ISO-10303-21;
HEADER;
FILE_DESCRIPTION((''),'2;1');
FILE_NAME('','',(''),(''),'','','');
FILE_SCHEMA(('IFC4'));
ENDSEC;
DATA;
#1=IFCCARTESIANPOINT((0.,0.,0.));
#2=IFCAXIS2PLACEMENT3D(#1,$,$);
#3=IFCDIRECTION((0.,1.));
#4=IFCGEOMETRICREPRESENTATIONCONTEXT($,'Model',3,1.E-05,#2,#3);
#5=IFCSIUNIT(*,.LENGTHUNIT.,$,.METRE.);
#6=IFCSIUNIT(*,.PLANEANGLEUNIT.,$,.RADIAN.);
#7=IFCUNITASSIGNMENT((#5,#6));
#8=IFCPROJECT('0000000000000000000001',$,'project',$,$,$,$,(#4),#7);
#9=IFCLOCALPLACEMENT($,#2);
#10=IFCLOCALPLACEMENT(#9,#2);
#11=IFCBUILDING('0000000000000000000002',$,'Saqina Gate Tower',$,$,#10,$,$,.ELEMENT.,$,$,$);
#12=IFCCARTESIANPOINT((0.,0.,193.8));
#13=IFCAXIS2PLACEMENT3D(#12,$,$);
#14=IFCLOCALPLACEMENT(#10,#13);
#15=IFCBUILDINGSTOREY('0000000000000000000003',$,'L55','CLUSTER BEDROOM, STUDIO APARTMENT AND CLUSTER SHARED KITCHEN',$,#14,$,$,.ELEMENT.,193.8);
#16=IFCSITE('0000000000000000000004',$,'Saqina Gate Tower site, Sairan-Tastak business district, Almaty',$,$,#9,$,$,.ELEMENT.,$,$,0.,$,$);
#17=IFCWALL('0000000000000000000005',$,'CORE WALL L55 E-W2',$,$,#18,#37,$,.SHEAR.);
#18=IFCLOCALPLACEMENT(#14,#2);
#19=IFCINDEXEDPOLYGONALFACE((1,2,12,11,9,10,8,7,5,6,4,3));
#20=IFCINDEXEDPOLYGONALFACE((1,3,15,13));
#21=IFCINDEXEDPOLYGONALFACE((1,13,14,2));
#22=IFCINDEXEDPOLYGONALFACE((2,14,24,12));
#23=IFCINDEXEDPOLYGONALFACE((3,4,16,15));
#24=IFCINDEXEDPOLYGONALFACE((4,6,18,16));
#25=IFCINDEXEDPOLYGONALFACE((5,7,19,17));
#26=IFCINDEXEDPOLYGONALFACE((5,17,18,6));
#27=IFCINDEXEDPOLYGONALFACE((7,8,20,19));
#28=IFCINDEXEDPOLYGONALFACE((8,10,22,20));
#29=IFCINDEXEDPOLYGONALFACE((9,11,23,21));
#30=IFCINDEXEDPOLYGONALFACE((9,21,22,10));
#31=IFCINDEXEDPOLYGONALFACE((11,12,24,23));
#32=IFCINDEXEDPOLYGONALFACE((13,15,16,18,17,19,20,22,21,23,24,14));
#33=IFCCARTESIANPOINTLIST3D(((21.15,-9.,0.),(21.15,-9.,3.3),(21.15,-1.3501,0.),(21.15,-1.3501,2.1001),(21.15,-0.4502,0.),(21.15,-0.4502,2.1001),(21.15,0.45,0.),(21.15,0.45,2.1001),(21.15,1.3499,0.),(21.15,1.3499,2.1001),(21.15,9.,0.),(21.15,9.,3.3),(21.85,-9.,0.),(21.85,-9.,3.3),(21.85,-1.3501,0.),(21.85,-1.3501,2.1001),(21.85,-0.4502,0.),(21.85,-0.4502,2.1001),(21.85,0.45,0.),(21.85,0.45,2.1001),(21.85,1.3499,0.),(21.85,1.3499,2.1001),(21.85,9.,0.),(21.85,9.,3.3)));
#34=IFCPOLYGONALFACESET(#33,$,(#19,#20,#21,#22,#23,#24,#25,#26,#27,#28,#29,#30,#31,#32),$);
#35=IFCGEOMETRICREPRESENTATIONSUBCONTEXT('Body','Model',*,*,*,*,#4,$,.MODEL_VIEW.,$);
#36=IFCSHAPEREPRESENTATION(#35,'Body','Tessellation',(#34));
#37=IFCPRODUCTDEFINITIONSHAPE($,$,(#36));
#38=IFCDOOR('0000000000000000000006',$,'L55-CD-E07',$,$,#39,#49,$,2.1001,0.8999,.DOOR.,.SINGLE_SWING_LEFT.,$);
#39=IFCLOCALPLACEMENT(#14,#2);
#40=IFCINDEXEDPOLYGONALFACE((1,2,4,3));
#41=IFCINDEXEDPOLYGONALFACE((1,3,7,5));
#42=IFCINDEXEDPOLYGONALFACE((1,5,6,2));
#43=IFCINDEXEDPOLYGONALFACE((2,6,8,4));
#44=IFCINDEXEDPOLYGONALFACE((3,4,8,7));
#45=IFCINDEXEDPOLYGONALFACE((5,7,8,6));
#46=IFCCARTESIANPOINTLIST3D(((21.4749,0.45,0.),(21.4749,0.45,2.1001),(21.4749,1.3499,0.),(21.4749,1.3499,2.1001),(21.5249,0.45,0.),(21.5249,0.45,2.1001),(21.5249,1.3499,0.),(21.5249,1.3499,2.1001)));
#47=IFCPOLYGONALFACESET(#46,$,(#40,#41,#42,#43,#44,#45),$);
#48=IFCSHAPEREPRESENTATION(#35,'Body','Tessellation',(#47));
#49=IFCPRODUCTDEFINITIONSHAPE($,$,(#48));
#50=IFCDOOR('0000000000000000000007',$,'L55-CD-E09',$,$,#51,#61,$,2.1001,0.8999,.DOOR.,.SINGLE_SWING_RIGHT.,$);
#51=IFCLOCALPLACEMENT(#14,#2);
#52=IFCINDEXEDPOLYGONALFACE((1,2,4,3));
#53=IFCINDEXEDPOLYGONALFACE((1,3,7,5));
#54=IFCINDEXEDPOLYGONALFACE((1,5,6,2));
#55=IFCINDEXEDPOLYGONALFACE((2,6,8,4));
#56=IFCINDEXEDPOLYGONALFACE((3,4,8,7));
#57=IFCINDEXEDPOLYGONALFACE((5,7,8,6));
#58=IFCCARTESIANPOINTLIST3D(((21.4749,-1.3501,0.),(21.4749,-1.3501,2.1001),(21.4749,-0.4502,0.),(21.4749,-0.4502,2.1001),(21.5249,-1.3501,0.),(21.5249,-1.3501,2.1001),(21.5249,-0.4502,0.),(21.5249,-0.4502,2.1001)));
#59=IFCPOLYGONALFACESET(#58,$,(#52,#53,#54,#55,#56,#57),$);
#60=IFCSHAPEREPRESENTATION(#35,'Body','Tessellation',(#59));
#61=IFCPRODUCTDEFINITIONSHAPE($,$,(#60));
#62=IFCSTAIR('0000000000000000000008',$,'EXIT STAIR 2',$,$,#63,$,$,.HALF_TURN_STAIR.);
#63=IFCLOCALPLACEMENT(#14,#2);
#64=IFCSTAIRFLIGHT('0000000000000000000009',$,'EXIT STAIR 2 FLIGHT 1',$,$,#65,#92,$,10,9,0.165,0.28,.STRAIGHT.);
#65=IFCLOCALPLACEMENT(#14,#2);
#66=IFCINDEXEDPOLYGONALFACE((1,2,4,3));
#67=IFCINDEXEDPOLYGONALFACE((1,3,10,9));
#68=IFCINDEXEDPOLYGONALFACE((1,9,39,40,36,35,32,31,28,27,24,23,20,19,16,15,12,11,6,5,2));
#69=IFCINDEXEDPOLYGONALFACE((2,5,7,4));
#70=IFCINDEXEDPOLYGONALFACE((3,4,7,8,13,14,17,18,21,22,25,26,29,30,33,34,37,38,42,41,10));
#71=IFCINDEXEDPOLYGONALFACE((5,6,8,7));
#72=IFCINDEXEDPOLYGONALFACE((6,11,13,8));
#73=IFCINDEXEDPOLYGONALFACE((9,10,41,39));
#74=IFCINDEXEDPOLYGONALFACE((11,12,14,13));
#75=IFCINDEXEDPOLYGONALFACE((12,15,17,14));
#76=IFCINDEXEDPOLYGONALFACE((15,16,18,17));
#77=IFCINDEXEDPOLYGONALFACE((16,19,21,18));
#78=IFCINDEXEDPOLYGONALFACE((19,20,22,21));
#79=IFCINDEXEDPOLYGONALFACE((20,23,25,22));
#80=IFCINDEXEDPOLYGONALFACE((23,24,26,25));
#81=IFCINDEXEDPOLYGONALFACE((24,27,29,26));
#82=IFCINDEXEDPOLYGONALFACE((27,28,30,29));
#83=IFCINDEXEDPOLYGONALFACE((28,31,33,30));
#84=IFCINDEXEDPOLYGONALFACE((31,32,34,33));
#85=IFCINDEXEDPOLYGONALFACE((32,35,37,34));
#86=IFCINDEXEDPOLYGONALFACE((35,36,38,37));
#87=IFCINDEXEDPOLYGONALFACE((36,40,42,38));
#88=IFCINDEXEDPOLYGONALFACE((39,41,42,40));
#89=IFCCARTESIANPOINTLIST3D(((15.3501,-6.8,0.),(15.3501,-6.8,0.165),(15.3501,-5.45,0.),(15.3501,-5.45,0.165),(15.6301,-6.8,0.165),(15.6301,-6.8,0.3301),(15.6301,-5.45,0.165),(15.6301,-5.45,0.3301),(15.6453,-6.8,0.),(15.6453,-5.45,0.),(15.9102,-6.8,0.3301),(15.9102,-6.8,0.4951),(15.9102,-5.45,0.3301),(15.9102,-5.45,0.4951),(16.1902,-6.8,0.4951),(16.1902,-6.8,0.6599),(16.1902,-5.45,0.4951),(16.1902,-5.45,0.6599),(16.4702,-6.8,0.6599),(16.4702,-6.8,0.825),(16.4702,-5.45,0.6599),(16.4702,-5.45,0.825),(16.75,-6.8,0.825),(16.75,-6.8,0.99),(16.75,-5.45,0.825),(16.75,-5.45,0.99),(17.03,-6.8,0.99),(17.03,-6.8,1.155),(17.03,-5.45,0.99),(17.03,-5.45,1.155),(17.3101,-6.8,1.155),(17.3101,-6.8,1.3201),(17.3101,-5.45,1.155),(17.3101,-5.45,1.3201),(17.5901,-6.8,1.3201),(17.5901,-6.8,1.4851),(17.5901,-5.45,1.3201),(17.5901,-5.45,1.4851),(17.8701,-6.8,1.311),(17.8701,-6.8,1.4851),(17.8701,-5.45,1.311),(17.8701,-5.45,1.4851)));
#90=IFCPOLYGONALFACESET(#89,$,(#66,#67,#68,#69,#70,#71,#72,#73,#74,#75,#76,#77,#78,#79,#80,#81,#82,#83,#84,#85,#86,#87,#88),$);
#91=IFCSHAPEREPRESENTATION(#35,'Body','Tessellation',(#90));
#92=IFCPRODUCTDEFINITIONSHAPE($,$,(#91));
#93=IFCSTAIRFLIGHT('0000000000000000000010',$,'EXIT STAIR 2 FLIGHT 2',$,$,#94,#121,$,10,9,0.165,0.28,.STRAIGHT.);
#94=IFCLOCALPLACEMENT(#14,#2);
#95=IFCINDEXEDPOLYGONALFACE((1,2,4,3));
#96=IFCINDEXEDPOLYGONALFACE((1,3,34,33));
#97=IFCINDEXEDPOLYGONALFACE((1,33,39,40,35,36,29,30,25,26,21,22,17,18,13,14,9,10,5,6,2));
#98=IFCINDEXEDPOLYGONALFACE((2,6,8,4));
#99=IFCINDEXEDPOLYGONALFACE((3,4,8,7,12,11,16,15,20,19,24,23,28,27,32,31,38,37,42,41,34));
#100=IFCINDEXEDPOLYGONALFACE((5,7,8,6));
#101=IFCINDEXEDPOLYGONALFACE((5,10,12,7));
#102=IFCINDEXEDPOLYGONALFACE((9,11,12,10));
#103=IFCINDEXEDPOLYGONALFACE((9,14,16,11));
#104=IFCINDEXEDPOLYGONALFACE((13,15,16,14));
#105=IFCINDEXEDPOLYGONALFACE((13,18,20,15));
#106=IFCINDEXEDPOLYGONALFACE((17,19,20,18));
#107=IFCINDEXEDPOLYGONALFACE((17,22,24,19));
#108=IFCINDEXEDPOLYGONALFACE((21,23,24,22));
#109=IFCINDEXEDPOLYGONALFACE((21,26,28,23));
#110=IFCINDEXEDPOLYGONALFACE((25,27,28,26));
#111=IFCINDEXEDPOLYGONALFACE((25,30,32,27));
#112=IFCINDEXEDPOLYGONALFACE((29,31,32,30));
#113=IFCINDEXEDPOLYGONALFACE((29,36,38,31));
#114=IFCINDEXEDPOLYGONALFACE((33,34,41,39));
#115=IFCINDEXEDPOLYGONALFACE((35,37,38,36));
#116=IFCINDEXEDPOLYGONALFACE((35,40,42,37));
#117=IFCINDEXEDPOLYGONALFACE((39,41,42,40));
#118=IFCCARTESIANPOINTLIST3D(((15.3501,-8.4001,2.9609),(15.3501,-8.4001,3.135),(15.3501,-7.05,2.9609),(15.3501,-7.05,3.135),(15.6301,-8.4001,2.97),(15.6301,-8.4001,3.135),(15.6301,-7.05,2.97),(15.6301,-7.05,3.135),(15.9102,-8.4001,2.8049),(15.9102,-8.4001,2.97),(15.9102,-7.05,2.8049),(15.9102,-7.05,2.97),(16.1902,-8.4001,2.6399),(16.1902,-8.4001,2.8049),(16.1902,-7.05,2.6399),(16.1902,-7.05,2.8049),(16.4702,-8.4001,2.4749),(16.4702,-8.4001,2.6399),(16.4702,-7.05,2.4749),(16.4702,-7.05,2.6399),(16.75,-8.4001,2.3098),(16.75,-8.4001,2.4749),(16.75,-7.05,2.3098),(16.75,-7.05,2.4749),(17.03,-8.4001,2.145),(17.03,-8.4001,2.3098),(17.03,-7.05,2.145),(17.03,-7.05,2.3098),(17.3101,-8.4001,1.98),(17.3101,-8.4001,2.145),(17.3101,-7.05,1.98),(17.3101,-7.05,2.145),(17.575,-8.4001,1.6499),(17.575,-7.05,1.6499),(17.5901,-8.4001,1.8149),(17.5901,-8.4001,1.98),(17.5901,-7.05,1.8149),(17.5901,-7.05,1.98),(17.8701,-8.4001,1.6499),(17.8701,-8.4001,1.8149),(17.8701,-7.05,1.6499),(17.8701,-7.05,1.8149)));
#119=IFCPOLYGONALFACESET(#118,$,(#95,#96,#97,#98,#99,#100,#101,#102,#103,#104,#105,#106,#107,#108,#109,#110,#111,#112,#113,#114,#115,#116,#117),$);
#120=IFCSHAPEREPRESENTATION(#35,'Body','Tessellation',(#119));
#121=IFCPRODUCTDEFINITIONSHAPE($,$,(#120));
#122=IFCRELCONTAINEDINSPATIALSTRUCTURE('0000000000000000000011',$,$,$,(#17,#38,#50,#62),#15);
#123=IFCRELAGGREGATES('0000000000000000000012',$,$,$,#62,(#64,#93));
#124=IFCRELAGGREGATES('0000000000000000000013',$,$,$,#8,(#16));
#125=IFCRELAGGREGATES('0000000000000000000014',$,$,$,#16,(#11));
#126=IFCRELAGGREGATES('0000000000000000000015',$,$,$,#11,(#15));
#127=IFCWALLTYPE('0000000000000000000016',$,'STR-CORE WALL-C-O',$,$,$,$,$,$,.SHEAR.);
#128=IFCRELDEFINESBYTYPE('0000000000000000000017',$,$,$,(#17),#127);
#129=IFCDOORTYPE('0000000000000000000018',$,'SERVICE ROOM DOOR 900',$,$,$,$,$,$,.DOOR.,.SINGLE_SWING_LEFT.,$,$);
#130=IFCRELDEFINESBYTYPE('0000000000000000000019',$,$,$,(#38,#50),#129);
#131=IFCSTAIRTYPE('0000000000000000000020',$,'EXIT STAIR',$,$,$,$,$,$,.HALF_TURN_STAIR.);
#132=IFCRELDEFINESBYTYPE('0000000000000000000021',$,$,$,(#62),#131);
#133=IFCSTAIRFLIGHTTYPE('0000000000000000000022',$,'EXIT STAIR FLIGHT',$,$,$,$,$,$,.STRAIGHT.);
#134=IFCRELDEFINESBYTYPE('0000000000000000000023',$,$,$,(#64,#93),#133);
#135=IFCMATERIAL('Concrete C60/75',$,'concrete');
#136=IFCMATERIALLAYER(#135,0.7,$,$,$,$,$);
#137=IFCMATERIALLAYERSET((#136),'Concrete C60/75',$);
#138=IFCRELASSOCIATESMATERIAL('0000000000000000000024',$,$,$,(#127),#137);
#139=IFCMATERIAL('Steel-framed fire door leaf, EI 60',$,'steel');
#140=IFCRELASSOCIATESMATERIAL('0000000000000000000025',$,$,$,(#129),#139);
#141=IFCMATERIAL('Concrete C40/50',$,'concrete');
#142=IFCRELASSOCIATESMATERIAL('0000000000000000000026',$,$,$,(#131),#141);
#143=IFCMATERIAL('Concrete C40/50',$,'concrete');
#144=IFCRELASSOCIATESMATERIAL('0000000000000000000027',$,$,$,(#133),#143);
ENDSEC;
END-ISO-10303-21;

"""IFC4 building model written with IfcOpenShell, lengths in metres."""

from ifc_helpers import new_model, si_unit, direction, frame, frame_2d, origin, place, context, subcontext, project, spatial, polyline, rectangle, outline, extrude, material, layer, layer_set, type_object, element, fill, aggregate, save


model = new_model("IFC4")

# Units and contexts
model_context = context("Model", 3, precision=1e-05, world=origin(), true_north=direction((0.0, 1.0)))
body_context = subcontext(model_context, "Body", "Model", "MODEL_VIEW")
ifc_project = project(units=[si_unit("LENGTHUNIT", "METRE"), si_unit("PLANEANGLEUNIT", "RADIAN")], contexts=[model_context])

# Site, building, storey
site_placement = place(None, origin())
site = spatial("IfcSite", under=ifc_project, at=site_placement, Name="Saqina Gate Tower site, Sairan-Tastak business district, Almaty", CompositionType="ELEMENT", RefElevation=0.0)
building_placement = place(site_placement, origin())
building = spatial("IfcBuilding", under=site, at=building_placement, Name="Saqina Gate Tower", CompositionType="ELEMENT")
storey_placement = place(building_placement, frame((0.0, 0.0, 193.8)))
storey = spatial("IfcBuildingStorey", under=building, at=storey_placement, Name="L55", Description="CLUSTER BEDROOM, STUDIO APARTMENT AND CLUSTER SHARED KITCHEN", CompositionType="ELEMENT", Elevation=193.8)

# Wall, openings, doors
ifc_material_1 = material(Name="Concrete C60/75", Category="concrete")
ifc_layer_1 = layer(ifc_material_1, 0.7)
ifc_layer_set_1 = layer_set([ifc_layer_1], Name="Concrete C60/75")
wall_type_1 = type_object("IfcWallType", Name="STR-CORE WALL-C-O", PredefinedType="SHEAR", material=ifc_layer_set_1)
wall_1_placement = place(storey_placement, frame((21.5, -9.0, 0.0), z_axis=(0.0, 0.0, 1.0), x_axis=(0.0, 1.0, 0.0)))
wall_1 = element("IfcWall", 1, at=wall_1_placement, inside=storey, type_object=wall_type_1, Name="CORE WALL L55 E-W2", PredefinedType="SHEAR", context=body_context, shape_type="SweptSolid", body=[
    extrude(rectangle(XDim=18.0, YDim=0.7, at=frame_2d((9.0, 0.0))), origin(), (0.0, 0.0, 1.0), 3.3),
])
opening_1_placement = place(wall_1_placement, frame((9.45, 0.0, 0.0)))
opening_1 = element("IfcOpeningElement", 2, at=opening_1_placement, cuts=wall_1, PredefinedType="OPENING", context=body_context, shape_type="SweptSolid", body=[
    extrude(rectangle(XDim=0.8999, YDim=2.1001, at=frame_2d((0.45, 1.05))), frame((0.0, 0.3621, 0.0), z_axis=(0.0, -1.0, 0.0), x_axis=(1.0, 0.0, 0.0)), (0.0, 0.0, 1.0), 0.7239),
])
opening_2_placement = place(wall_1_placement, frame((7.6499, 0.0, 0.0)))
opening_2 = element("IfcOpeningElement", 3, at=opening_2_placement, cuts=wall_1, PredefinedType="OPENING", context=body_context, shape_type="SweptSolid", body=[
    extrude(rectangle(XDim=0.8999, YDim=2.1001, at=frame_2d((0.45, 1.05))), frame((0.0, 0.3621, 0.0), z_axis=(0.0, -1.0, 0.0), x_axis=(1.0, 0.0, 0.0)), (0.0, 0.0, 1.0), 0.7239),
])
ifc_material_2 = material(Name="Steel-framed fire door leaf, EI 60", Category="steel")
door_type_1 = type_object("IfcDoorType", Name="SERVICE ROOM DOOR 900", OperationType="SINGLE_SWING_LEFT", PredefinedType="DOOR", material=ifc_material_2)
door_1_placement = place(opening_1_placement, frame((0.8999, 0.0, 0.0), z_axis=(0.0, 0.0, 1.0), x_axis=(-1.0, 0.0, 0.0)))
door_1 = element("IfcDoor", 4, at=door_1_placement, inside=storey, type_object=door_type_1, Name="L55-CD-E07", OperationType="SINGLE_SWING_LEFT", OverallHeight=2.1001, OverallWidth=0.8999, PredefinedType="DOOR", context=body_context, shape_type="SweptSolid", body=[
    extrude(rectangle(XDim=0.8999, YDim=2.1001, at=frame_2d((0.45, 1.05))), frame((0.0, 0.0249, 0.0), z_axis=(0.0, -1.0, 0.0), x_axis=(1.0, 0.0, 0.0)), (0.0, 0.0, 1.0), 0.05),
])
fill(opening_1, door_1)
door_2_placement = place(opening_2_placement, frame((0.8999, 0.0, 0.0), z_axis=(0.0, 0.0, 1.0), x_axis=(-1.0, 0.0, 0.0)))
door_2 = element("IfcDoor", 5, at=door_2_placement, inside=storey, type_object=door_type_1, Name="L55-CD-E09", OperationType="SINGLE_SWING_RIGHT", OverallHeight=2.1001, OverallWidth=0.8999, PredefinedType="DOOR", context=body_context, shape_type="SweptSolid", body=[
    extrude(rectangle(XDim=0.8999, YDim=2.1001, at=frame_2d((0.45, 1.05))), frame((0.0, 0.0249, 0.0), z_axis=(0.0, -1.0, 0.0), x_axis=(1.0, 0.0, 0.0)), (0.0, 0.0, 1.0), 0.05),
])
fill(opening_2, door_2)

# Stair, stair flights
ifc_material_3 = material(Name="Concrete C40/50", Category="concrete")
stair_type = type_object("IfcStairType", Name="EXIT STAIR", PredefinedType="HALF_TURN_STAIR", material=ifc_material_3)
stair_placement = place(storey_placement, origin())
stair = element("IfcStair", 6, at=stair_placement, inside=storey, type_object=stair_type, Name="EXIT STAIR 2", PredefinedType="HALF_TURN_STAIR")
ifc_material_4 = material(Name="Concrete C40/50", Category="concrete")
stair_flight_type = type_object("IfcStairFlightType", Name="EXIT STAIR FLIGHT", PredefinedType="STRAIGHT", material=ifc_material_4)
stair_flight_1_placement = place(storey_placement, frame((15.3501, -6.125, 0.0), z_axis=(0.0, 0.0, 1.0), x_axis=(1.0, 0.0, 0.0)))
stair_flight_1 = element("IfcStairFlight", 7, at=stair_flight_1_placement, type_object=stair_flight_type, Name="EXIT STAIR 2 FLIGHT 1", NumberOfRisers=10, NumberOfTreads=9, PredefinedType="STRAIGHT", RiserHeight=0.165, TreadLength=0.28, context=body_context, shape_type="SweptSolid", body=[
    extrude(outline(polyline([(0.0, 0.0), (0.0, 0.165), (0.28, 0.165), (0.28, 0.3301), (0.5601, 0.3301), (0.5601, 0.4951), (0.8401, 0.4951), (0.8401, 0.6599), (1.1201, 0.6599), (1.1201, 0.825), (1.3999, 0.825), (1.3999, 0.99), (1.6799, 0.99), (1.6799, 1.155), (1.96, 1.155), (1.96, 1.3201), (2.24, 1.3201), (2.24, 1.4851), (2.52, 1.4851), (2.52, 1.6499), (2.52, 1.311), (0.2952, 0.0), (0.0, 0.0)])), frame((0.0, 0.675, 0.0), z_axis=(0.0, -1.0, 0.0), x_axis=(1.0, 0.0, 0.0)), (0.0, 0.0, 1.0), 1.3501),
])
stair_flight_2_placement = place(storey_placement, frame((17.8701, -7.7251, 1.6499), z_axis=(0.0, 0.0, 1.0), x_axis=(-1.0, 0.0, 0.0)))
stair_flight_2 = element("IfcStairFlight", 8, at=stair_flight_2_placement, type_object=stair_flight_type, Name="EXIT STAIR 2 FLIGHT 2", NumberOfRisers=10, NumberOfTreads=9, PredefinedType="STRAIGHT", RiserHeight=0.165, TreadLength=0.28, context=body_context, shape_type="SweptSolid", body=[
    extrude(outline(polyline([(0.0, 0.0), (0.0, 0.165), (0.28, 0.165), (0.28, 0.3301), (0.5601, 0.3301), (0.5601, 0.4951), (0.8401, 0.4951), (0.8401, 0.6599), (1.1201, 0.6599), (1.1201, 0.825), (1.3999, 0.825), (1.3999, 0.99), (1.6799, 0.99), (1.6799, 1.155), (1.96, 1.155), (1.96, 1.3201), (2.24, 1.3201), (2.24, 1.4851), (2.52, 1.4851), (2.52, 1.6499), (2.52, 1.311), (0.2952, 0.0), (0.0, 0.0)])), frame((0.0, 0.675, 0.0), z_axis=(0.0, -1.0, 0.0), x_axis=(1.0, 0.0, 0.0)), (0.0, 0.0, 1.0), 1.3501),
])
aggregate(stair, [stair_flight_1, stair_flight_2])

save(model, "model.ifc")
